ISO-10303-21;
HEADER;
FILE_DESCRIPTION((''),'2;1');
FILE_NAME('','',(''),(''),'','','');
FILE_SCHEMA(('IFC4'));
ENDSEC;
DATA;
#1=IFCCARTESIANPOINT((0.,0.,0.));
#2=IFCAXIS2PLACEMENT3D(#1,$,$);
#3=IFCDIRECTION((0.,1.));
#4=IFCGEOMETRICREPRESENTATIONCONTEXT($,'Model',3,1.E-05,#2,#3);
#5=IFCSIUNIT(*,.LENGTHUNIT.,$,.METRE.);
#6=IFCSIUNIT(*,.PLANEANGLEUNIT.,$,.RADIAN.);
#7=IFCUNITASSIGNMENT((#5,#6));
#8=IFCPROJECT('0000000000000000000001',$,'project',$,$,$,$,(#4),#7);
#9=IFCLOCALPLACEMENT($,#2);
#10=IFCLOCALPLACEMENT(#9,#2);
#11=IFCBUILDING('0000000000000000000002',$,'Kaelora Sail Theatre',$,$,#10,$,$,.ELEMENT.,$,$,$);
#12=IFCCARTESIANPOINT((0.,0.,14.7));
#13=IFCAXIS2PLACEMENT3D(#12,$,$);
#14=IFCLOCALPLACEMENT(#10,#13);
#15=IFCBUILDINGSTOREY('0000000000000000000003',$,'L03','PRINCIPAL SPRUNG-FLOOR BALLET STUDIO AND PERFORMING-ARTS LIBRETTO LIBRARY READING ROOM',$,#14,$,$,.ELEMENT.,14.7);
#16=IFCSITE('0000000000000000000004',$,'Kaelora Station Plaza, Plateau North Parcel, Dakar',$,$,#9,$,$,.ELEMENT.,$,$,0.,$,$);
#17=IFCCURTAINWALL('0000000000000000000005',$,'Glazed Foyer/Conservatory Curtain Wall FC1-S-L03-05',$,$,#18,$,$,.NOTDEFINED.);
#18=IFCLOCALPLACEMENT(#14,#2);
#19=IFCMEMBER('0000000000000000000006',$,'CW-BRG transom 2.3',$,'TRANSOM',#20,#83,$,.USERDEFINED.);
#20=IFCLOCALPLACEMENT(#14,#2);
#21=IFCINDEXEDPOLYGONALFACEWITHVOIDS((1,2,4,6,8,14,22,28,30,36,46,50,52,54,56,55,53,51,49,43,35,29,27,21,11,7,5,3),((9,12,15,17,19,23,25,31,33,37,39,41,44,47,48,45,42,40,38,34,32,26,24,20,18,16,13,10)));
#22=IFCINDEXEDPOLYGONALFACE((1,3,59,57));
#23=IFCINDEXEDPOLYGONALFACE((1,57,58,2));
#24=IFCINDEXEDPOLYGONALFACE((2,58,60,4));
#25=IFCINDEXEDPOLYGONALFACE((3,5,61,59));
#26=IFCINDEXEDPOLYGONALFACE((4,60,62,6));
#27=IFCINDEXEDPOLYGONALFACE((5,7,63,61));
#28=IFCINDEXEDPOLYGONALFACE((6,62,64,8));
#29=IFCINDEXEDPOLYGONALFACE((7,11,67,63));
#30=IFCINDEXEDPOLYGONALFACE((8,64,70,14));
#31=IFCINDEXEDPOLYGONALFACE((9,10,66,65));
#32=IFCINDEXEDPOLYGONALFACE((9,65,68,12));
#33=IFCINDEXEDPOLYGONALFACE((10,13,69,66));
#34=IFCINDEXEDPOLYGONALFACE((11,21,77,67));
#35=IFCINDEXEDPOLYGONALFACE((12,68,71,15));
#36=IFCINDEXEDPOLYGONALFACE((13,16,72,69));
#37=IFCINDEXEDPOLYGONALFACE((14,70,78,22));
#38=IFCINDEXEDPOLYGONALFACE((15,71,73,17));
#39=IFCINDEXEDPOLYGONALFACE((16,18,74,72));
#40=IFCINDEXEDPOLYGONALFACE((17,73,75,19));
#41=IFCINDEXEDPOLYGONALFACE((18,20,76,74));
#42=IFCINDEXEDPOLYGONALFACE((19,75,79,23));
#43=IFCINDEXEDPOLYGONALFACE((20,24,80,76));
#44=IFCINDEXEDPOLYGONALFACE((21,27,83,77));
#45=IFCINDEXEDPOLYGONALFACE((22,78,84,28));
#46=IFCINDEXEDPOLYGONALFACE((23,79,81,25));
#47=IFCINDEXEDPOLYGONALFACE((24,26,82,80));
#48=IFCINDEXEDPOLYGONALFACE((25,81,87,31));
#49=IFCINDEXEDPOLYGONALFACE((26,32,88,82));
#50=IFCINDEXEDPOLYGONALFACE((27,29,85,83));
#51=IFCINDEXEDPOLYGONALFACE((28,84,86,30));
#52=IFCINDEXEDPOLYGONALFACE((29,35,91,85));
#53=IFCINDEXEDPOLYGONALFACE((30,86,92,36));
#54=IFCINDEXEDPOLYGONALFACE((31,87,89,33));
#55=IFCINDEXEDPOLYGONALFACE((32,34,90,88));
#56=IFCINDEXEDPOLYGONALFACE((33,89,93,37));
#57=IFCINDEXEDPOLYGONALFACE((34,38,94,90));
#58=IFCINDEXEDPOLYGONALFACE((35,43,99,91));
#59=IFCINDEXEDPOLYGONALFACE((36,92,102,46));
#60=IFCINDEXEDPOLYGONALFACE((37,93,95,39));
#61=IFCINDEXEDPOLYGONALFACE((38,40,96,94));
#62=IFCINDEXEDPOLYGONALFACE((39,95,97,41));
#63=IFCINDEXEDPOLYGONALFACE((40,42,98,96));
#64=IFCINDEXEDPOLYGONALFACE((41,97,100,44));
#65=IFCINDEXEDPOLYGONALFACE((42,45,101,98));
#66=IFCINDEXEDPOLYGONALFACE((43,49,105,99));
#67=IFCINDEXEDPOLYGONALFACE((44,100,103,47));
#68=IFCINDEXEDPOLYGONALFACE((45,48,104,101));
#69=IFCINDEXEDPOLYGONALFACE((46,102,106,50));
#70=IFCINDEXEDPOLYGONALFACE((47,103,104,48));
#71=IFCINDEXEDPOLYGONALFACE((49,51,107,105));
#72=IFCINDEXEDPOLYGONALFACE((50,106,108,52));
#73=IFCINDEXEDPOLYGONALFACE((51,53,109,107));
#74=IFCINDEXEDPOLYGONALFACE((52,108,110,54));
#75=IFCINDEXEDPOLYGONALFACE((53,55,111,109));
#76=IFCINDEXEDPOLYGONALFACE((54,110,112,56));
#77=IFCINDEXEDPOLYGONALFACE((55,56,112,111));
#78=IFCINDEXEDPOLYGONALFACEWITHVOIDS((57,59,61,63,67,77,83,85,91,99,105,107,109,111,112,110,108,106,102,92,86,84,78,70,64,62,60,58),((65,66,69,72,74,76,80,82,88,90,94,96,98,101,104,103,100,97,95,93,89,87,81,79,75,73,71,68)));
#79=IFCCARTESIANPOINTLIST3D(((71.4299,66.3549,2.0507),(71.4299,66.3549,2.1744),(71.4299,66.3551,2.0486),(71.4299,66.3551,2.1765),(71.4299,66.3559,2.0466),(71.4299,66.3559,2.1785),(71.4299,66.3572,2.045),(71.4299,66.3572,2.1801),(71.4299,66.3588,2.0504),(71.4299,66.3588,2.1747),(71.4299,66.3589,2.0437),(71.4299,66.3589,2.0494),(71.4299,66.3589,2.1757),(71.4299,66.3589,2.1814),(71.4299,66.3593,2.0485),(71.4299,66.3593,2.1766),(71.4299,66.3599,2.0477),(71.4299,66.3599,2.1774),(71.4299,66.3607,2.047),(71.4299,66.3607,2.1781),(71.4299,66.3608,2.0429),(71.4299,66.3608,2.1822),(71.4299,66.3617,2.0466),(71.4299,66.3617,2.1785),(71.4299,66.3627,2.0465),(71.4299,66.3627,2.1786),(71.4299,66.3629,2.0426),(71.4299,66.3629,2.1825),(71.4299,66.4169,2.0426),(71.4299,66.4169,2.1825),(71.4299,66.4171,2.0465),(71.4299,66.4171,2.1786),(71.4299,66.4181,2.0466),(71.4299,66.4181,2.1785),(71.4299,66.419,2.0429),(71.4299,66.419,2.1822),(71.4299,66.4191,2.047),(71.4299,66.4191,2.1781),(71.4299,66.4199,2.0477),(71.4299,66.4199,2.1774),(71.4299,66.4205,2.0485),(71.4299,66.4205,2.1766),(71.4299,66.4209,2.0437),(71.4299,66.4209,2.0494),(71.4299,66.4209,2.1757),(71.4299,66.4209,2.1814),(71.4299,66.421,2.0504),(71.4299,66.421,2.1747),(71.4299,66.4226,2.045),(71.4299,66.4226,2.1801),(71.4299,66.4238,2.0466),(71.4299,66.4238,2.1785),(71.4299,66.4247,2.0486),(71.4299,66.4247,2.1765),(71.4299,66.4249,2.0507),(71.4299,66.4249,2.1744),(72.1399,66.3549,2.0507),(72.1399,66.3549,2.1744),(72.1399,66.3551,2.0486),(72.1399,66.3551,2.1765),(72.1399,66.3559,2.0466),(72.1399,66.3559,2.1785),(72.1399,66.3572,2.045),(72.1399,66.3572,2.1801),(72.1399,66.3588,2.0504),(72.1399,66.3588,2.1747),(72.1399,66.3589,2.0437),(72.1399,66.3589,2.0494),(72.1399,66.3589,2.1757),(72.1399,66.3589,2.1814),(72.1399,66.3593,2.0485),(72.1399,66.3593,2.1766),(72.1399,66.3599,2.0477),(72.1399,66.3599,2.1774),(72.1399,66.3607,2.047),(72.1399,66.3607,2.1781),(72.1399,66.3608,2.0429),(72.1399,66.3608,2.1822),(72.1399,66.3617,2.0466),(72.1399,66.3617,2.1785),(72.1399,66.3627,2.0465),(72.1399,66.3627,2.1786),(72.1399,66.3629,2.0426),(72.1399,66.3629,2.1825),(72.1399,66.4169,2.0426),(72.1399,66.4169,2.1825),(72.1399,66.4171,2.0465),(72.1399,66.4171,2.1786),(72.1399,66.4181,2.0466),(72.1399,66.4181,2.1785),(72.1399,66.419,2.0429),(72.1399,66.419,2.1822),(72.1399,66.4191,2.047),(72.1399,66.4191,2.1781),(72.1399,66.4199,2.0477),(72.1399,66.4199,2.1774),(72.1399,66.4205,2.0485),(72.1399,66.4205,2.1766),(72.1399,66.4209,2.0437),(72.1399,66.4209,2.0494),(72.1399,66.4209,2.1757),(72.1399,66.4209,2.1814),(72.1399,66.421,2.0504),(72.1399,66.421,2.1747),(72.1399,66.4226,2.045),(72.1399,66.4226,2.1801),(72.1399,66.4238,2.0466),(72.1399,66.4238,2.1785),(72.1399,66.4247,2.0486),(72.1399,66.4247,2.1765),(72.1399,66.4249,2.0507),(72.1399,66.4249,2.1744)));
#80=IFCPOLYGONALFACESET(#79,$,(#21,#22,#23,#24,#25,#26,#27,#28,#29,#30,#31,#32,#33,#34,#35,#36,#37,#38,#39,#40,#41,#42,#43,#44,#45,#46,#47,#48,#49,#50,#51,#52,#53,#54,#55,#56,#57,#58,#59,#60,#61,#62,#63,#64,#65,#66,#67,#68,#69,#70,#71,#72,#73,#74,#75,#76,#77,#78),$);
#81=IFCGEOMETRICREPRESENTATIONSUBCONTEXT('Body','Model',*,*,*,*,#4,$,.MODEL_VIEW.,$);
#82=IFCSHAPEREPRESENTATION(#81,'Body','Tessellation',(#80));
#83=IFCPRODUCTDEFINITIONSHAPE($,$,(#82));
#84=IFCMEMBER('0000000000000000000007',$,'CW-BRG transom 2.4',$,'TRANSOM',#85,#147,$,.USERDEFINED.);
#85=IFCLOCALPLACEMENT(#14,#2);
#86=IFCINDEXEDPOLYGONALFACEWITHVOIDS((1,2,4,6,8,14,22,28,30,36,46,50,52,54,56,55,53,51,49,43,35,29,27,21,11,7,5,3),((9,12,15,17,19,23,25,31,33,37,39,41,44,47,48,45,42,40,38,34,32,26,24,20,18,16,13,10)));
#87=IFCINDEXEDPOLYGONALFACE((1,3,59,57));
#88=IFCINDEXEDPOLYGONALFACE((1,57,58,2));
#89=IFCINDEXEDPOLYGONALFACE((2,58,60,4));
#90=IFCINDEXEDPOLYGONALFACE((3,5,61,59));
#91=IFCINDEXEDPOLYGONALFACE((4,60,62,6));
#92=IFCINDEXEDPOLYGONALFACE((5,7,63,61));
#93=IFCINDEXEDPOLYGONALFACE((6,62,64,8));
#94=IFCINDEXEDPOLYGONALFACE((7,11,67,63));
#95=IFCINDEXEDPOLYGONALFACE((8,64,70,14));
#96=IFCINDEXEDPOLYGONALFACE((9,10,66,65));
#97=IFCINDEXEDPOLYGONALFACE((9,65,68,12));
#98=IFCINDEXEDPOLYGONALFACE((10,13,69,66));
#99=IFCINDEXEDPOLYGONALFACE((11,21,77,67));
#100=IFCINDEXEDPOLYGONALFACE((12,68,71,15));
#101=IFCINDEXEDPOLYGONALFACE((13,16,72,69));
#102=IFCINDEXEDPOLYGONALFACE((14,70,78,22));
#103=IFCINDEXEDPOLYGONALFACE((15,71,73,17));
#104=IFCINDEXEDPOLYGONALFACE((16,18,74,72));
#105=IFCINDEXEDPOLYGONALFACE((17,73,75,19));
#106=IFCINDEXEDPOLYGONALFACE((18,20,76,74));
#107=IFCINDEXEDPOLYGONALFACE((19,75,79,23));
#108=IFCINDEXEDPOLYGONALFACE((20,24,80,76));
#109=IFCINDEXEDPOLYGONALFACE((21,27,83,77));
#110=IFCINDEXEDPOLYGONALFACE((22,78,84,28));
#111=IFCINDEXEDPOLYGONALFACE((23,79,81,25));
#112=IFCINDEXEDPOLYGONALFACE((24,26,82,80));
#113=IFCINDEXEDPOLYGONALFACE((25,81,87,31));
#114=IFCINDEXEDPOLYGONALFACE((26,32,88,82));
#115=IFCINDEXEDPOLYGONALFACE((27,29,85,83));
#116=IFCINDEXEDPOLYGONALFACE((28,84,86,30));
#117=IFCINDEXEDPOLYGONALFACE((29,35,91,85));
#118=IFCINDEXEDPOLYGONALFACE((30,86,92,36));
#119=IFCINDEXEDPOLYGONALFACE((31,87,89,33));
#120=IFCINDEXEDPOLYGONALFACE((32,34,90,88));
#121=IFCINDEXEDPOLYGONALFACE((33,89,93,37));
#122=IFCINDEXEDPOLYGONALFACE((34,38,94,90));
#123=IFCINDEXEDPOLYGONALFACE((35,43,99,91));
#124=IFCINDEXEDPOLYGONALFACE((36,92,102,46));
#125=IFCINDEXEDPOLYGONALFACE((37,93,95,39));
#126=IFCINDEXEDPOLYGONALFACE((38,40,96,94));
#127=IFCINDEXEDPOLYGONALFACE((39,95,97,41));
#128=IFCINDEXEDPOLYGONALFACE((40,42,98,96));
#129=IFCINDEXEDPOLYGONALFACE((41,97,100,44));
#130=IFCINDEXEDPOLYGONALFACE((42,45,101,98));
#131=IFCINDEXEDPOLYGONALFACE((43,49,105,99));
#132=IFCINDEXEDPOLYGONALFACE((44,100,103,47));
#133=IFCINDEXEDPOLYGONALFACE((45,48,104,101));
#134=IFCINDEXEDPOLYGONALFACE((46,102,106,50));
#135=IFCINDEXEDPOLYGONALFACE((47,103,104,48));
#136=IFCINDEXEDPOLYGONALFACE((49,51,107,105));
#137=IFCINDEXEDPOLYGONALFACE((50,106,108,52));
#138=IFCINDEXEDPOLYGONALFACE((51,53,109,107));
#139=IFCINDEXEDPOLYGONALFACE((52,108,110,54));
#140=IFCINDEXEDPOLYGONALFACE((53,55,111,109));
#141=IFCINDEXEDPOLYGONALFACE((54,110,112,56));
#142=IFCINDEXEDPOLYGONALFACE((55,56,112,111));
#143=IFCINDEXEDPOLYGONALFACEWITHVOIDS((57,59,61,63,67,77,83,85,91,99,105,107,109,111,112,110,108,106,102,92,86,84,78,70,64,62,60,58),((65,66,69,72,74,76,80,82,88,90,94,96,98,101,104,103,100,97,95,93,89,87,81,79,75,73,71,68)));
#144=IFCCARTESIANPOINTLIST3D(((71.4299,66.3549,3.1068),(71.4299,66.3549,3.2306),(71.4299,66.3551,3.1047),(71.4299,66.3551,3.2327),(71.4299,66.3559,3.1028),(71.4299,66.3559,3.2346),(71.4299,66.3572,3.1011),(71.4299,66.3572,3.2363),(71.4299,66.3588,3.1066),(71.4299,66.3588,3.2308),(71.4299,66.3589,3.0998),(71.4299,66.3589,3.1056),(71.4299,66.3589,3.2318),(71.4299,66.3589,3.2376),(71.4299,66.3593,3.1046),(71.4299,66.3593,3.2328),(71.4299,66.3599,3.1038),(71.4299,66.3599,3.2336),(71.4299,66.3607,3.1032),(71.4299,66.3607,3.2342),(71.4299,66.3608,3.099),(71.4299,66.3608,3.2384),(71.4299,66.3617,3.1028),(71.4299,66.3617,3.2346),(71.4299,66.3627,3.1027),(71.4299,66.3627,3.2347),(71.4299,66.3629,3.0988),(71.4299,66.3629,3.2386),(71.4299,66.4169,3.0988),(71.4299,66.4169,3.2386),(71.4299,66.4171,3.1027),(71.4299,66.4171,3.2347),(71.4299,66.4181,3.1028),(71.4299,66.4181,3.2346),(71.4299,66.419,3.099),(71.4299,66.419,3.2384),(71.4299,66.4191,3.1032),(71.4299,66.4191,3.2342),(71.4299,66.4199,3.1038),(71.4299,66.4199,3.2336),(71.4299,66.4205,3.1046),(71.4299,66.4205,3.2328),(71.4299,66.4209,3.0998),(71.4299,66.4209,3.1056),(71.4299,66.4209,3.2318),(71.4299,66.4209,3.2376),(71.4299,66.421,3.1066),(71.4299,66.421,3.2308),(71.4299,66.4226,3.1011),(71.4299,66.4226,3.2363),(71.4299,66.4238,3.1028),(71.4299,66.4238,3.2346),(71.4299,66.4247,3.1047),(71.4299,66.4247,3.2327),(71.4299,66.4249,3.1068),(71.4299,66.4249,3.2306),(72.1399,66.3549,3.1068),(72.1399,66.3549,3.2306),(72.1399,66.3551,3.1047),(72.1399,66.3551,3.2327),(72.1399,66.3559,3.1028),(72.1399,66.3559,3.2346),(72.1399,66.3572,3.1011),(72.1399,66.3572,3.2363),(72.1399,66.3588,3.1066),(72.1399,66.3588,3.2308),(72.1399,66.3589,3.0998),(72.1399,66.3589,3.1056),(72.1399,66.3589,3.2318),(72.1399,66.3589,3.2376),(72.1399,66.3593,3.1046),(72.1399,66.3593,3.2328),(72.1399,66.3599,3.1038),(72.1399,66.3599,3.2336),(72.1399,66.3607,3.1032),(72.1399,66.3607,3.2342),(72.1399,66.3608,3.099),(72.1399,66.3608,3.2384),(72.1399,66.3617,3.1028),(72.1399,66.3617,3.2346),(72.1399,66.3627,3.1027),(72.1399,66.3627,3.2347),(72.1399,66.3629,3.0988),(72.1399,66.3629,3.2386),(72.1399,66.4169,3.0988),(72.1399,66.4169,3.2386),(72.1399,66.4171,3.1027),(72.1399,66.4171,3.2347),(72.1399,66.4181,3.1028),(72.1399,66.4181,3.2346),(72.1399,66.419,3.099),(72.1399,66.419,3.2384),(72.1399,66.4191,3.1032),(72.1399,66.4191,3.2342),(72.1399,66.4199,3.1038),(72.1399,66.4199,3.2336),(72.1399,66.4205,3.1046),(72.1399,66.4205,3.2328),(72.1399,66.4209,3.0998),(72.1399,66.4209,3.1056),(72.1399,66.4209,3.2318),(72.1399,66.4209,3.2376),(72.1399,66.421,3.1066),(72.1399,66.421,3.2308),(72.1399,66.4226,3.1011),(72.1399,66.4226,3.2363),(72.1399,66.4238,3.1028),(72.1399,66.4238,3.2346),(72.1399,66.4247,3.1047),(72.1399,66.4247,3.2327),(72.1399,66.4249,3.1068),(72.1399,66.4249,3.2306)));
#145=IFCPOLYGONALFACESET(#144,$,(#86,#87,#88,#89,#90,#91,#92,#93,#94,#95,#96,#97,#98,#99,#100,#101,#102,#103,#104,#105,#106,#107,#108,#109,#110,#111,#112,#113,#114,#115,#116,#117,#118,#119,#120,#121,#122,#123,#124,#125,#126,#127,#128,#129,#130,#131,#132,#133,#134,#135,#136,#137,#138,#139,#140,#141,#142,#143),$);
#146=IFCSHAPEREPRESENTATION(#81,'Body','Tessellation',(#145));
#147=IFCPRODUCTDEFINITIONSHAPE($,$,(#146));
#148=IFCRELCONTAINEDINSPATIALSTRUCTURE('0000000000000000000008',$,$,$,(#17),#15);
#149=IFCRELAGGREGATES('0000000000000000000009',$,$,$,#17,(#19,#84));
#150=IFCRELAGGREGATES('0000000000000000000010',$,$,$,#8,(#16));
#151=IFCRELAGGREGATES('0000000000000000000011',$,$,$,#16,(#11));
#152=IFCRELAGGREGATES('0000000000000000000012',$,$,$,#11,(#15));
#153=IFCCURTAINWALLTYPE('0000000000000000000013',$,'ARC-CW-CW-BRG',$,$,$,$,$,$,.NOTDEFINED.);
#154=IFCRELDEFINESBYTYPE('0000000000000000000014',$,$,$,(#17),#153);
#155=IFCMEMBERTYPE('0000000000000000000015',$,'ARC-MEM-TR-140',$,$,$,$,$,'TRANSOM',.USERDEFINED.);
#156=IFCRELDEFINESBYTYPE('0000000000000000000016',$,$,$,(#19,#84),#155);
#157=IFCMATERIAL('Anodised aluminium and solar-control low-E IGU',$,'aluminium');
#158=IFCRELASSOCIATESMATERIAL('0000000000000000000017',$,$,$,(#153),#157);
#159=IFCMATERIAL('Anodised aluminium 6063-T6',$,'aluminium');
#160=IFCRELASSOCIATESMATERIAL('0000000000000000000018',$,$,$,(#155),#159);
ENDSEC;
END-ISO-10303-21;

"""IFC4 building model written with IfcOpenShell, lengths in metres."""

from ifc_helpers import new_model, si_unit, direction, frame, origin, origin_2d, place, context, subcontext, project, spatial, hollow_rectangle, extrude, material, material_profile, profile_set, type_object, element, aggregate, save


model = new_model("IFC4")

# Units and contexts
model_context = context("Model", 3, precision=1e-05, world=origin(), true_north=direction((0.0, 1.0)))
body_context = subcontext(model_context, "Body", "Model", "MODEL_VIEW")
ifc_project = project(units=[si_unit("LENGTHUNIT", "METRE"), si_unit("PLANEANGLEUNIT", "RADIAN")], contexts=[model_context])

# Site, building, storey
site_placement = place(None, origin())
site = spatial("IfcSite", under=ifc_project, at=site_placement, Name="Kaelora Station Plaza, Plateau North Parcel, Dakar", CompositionType="ELEMENT", RefElevation=0.0)
building_placement = place(site_placement, origin())
building = spatial("IfcBuilding", under=site, at=building_placement, Name="Kaelora Sail Theatre", CompositionType="ELEMENT")
storey_placement = place(building_placement, frame((0.0, 0.0, 14.7)))
storey = spatial("IfcBuildingStorey", under=building, at=storey_placement, Name="L03", Description="PRINCIPAL SPRUNG-FLOOR BALLET STUDIO AND PERFORMING-ARTS LIBRETTO LIBRARY READING ROOM", CompositionType="ELEMENT", Elevation=14.7)

# Curtain wall
ifc_material_1 = material(Name="Anodised aluminium and solar-control low-E IGU", Category="aluminium")
curtain_wall_type = type_object("IfcCurtainWallType", Name="ARC-CW-CW-BRG", PredefinedType="NOTDEFINED", material=ifc_material_1)
curtain_wall_1_placement = place(storey_placement, origin())
curtain_wall_1 = element("IfcCurtainWall", 1, at=curtain_wall_1_placement, inside=storey, type_object=curtain_wall_type, Name="Glazed Foyer/Conservatory Curtain Wall FC1-S-L03-05", PredefinedType="NOTDEFINED")

# Members
ifc_material_2 = material(Name="Anodised aluminium 6063-T6", Category="aluminium")
ifc_material_profile_1 = material_profile(ifc_material_2, hollow_rectangle(XDim=0.0701, YDim=0.1399, WallThickness=0.0039, InnerFilletRadius=0.0039, OuterFilletRadius=0.0081, at=origin_2d()), Name="ALU-TRAN 70x140x4")
ifc_profile_set_1 = profile_set([ifc_material_profile_1], Name="Anodised aluminium 6063-T6")
member_type_1 = type_object("IfcMemberType", Name="ARC-MEM-TR-140", ElementType="TRANSOM", PredefinedType="USERDEFINED", material=ifc_profile_set_1)
member_1_placement = place(storey_placement, frame((71.4299, 66.3899, 2.1125), z_axis=(1.0, 0.0, 0.0), x_axis=(0.0, 1.0, 0.0)))
member_1 = element("IfcMember", 2, at=member_1_placement, type_object=member_type_1, Name="CW-BRG transom 2.3", ObjectType="TRANSOM", PredefinedType="USERDEFINED", context=body_context, shape_type="SweptSolid", body=[
    extrude(hollow_rectangle(XDim=0.0701, YDim=0.1399, WallThickness=0.0039, InnerFilletRadius=0.0039, OuterFilletRadius=0.0081, at=origin_2d()), origin(), (0.0, 0.0, 1.0), 0.71),
])
member_2_placement = place(storey_placement, frame((71.4299, 66.3899, 3.1687), z_axis=(1.0, 0.0, 0.0), x_axis=(0.0, 1.0, 0.0)))
member_2 = element("IfcMember", 3, at=member_2_placement, type_object=member_type_1, Name="CW-BRG transom 2.4", ObjectType="TRANSOM", PredefinedType="USERDEFINED", context=body_context, shape_type="SweptSolid", body=[
    extrude(hollow_rectangle(XDim=0.0701, YDim=0.1399, WallThickness=0.0039, InnerFilletRadius=0.0039, OuterFilletRadius=0.0081, at=origin_2d()), origin(), (0.0, 0.0, 1.0), 0.71),
])

aggregate(curtain_wall_1, [member_1, member_2])

save(model, "model.ifc")
